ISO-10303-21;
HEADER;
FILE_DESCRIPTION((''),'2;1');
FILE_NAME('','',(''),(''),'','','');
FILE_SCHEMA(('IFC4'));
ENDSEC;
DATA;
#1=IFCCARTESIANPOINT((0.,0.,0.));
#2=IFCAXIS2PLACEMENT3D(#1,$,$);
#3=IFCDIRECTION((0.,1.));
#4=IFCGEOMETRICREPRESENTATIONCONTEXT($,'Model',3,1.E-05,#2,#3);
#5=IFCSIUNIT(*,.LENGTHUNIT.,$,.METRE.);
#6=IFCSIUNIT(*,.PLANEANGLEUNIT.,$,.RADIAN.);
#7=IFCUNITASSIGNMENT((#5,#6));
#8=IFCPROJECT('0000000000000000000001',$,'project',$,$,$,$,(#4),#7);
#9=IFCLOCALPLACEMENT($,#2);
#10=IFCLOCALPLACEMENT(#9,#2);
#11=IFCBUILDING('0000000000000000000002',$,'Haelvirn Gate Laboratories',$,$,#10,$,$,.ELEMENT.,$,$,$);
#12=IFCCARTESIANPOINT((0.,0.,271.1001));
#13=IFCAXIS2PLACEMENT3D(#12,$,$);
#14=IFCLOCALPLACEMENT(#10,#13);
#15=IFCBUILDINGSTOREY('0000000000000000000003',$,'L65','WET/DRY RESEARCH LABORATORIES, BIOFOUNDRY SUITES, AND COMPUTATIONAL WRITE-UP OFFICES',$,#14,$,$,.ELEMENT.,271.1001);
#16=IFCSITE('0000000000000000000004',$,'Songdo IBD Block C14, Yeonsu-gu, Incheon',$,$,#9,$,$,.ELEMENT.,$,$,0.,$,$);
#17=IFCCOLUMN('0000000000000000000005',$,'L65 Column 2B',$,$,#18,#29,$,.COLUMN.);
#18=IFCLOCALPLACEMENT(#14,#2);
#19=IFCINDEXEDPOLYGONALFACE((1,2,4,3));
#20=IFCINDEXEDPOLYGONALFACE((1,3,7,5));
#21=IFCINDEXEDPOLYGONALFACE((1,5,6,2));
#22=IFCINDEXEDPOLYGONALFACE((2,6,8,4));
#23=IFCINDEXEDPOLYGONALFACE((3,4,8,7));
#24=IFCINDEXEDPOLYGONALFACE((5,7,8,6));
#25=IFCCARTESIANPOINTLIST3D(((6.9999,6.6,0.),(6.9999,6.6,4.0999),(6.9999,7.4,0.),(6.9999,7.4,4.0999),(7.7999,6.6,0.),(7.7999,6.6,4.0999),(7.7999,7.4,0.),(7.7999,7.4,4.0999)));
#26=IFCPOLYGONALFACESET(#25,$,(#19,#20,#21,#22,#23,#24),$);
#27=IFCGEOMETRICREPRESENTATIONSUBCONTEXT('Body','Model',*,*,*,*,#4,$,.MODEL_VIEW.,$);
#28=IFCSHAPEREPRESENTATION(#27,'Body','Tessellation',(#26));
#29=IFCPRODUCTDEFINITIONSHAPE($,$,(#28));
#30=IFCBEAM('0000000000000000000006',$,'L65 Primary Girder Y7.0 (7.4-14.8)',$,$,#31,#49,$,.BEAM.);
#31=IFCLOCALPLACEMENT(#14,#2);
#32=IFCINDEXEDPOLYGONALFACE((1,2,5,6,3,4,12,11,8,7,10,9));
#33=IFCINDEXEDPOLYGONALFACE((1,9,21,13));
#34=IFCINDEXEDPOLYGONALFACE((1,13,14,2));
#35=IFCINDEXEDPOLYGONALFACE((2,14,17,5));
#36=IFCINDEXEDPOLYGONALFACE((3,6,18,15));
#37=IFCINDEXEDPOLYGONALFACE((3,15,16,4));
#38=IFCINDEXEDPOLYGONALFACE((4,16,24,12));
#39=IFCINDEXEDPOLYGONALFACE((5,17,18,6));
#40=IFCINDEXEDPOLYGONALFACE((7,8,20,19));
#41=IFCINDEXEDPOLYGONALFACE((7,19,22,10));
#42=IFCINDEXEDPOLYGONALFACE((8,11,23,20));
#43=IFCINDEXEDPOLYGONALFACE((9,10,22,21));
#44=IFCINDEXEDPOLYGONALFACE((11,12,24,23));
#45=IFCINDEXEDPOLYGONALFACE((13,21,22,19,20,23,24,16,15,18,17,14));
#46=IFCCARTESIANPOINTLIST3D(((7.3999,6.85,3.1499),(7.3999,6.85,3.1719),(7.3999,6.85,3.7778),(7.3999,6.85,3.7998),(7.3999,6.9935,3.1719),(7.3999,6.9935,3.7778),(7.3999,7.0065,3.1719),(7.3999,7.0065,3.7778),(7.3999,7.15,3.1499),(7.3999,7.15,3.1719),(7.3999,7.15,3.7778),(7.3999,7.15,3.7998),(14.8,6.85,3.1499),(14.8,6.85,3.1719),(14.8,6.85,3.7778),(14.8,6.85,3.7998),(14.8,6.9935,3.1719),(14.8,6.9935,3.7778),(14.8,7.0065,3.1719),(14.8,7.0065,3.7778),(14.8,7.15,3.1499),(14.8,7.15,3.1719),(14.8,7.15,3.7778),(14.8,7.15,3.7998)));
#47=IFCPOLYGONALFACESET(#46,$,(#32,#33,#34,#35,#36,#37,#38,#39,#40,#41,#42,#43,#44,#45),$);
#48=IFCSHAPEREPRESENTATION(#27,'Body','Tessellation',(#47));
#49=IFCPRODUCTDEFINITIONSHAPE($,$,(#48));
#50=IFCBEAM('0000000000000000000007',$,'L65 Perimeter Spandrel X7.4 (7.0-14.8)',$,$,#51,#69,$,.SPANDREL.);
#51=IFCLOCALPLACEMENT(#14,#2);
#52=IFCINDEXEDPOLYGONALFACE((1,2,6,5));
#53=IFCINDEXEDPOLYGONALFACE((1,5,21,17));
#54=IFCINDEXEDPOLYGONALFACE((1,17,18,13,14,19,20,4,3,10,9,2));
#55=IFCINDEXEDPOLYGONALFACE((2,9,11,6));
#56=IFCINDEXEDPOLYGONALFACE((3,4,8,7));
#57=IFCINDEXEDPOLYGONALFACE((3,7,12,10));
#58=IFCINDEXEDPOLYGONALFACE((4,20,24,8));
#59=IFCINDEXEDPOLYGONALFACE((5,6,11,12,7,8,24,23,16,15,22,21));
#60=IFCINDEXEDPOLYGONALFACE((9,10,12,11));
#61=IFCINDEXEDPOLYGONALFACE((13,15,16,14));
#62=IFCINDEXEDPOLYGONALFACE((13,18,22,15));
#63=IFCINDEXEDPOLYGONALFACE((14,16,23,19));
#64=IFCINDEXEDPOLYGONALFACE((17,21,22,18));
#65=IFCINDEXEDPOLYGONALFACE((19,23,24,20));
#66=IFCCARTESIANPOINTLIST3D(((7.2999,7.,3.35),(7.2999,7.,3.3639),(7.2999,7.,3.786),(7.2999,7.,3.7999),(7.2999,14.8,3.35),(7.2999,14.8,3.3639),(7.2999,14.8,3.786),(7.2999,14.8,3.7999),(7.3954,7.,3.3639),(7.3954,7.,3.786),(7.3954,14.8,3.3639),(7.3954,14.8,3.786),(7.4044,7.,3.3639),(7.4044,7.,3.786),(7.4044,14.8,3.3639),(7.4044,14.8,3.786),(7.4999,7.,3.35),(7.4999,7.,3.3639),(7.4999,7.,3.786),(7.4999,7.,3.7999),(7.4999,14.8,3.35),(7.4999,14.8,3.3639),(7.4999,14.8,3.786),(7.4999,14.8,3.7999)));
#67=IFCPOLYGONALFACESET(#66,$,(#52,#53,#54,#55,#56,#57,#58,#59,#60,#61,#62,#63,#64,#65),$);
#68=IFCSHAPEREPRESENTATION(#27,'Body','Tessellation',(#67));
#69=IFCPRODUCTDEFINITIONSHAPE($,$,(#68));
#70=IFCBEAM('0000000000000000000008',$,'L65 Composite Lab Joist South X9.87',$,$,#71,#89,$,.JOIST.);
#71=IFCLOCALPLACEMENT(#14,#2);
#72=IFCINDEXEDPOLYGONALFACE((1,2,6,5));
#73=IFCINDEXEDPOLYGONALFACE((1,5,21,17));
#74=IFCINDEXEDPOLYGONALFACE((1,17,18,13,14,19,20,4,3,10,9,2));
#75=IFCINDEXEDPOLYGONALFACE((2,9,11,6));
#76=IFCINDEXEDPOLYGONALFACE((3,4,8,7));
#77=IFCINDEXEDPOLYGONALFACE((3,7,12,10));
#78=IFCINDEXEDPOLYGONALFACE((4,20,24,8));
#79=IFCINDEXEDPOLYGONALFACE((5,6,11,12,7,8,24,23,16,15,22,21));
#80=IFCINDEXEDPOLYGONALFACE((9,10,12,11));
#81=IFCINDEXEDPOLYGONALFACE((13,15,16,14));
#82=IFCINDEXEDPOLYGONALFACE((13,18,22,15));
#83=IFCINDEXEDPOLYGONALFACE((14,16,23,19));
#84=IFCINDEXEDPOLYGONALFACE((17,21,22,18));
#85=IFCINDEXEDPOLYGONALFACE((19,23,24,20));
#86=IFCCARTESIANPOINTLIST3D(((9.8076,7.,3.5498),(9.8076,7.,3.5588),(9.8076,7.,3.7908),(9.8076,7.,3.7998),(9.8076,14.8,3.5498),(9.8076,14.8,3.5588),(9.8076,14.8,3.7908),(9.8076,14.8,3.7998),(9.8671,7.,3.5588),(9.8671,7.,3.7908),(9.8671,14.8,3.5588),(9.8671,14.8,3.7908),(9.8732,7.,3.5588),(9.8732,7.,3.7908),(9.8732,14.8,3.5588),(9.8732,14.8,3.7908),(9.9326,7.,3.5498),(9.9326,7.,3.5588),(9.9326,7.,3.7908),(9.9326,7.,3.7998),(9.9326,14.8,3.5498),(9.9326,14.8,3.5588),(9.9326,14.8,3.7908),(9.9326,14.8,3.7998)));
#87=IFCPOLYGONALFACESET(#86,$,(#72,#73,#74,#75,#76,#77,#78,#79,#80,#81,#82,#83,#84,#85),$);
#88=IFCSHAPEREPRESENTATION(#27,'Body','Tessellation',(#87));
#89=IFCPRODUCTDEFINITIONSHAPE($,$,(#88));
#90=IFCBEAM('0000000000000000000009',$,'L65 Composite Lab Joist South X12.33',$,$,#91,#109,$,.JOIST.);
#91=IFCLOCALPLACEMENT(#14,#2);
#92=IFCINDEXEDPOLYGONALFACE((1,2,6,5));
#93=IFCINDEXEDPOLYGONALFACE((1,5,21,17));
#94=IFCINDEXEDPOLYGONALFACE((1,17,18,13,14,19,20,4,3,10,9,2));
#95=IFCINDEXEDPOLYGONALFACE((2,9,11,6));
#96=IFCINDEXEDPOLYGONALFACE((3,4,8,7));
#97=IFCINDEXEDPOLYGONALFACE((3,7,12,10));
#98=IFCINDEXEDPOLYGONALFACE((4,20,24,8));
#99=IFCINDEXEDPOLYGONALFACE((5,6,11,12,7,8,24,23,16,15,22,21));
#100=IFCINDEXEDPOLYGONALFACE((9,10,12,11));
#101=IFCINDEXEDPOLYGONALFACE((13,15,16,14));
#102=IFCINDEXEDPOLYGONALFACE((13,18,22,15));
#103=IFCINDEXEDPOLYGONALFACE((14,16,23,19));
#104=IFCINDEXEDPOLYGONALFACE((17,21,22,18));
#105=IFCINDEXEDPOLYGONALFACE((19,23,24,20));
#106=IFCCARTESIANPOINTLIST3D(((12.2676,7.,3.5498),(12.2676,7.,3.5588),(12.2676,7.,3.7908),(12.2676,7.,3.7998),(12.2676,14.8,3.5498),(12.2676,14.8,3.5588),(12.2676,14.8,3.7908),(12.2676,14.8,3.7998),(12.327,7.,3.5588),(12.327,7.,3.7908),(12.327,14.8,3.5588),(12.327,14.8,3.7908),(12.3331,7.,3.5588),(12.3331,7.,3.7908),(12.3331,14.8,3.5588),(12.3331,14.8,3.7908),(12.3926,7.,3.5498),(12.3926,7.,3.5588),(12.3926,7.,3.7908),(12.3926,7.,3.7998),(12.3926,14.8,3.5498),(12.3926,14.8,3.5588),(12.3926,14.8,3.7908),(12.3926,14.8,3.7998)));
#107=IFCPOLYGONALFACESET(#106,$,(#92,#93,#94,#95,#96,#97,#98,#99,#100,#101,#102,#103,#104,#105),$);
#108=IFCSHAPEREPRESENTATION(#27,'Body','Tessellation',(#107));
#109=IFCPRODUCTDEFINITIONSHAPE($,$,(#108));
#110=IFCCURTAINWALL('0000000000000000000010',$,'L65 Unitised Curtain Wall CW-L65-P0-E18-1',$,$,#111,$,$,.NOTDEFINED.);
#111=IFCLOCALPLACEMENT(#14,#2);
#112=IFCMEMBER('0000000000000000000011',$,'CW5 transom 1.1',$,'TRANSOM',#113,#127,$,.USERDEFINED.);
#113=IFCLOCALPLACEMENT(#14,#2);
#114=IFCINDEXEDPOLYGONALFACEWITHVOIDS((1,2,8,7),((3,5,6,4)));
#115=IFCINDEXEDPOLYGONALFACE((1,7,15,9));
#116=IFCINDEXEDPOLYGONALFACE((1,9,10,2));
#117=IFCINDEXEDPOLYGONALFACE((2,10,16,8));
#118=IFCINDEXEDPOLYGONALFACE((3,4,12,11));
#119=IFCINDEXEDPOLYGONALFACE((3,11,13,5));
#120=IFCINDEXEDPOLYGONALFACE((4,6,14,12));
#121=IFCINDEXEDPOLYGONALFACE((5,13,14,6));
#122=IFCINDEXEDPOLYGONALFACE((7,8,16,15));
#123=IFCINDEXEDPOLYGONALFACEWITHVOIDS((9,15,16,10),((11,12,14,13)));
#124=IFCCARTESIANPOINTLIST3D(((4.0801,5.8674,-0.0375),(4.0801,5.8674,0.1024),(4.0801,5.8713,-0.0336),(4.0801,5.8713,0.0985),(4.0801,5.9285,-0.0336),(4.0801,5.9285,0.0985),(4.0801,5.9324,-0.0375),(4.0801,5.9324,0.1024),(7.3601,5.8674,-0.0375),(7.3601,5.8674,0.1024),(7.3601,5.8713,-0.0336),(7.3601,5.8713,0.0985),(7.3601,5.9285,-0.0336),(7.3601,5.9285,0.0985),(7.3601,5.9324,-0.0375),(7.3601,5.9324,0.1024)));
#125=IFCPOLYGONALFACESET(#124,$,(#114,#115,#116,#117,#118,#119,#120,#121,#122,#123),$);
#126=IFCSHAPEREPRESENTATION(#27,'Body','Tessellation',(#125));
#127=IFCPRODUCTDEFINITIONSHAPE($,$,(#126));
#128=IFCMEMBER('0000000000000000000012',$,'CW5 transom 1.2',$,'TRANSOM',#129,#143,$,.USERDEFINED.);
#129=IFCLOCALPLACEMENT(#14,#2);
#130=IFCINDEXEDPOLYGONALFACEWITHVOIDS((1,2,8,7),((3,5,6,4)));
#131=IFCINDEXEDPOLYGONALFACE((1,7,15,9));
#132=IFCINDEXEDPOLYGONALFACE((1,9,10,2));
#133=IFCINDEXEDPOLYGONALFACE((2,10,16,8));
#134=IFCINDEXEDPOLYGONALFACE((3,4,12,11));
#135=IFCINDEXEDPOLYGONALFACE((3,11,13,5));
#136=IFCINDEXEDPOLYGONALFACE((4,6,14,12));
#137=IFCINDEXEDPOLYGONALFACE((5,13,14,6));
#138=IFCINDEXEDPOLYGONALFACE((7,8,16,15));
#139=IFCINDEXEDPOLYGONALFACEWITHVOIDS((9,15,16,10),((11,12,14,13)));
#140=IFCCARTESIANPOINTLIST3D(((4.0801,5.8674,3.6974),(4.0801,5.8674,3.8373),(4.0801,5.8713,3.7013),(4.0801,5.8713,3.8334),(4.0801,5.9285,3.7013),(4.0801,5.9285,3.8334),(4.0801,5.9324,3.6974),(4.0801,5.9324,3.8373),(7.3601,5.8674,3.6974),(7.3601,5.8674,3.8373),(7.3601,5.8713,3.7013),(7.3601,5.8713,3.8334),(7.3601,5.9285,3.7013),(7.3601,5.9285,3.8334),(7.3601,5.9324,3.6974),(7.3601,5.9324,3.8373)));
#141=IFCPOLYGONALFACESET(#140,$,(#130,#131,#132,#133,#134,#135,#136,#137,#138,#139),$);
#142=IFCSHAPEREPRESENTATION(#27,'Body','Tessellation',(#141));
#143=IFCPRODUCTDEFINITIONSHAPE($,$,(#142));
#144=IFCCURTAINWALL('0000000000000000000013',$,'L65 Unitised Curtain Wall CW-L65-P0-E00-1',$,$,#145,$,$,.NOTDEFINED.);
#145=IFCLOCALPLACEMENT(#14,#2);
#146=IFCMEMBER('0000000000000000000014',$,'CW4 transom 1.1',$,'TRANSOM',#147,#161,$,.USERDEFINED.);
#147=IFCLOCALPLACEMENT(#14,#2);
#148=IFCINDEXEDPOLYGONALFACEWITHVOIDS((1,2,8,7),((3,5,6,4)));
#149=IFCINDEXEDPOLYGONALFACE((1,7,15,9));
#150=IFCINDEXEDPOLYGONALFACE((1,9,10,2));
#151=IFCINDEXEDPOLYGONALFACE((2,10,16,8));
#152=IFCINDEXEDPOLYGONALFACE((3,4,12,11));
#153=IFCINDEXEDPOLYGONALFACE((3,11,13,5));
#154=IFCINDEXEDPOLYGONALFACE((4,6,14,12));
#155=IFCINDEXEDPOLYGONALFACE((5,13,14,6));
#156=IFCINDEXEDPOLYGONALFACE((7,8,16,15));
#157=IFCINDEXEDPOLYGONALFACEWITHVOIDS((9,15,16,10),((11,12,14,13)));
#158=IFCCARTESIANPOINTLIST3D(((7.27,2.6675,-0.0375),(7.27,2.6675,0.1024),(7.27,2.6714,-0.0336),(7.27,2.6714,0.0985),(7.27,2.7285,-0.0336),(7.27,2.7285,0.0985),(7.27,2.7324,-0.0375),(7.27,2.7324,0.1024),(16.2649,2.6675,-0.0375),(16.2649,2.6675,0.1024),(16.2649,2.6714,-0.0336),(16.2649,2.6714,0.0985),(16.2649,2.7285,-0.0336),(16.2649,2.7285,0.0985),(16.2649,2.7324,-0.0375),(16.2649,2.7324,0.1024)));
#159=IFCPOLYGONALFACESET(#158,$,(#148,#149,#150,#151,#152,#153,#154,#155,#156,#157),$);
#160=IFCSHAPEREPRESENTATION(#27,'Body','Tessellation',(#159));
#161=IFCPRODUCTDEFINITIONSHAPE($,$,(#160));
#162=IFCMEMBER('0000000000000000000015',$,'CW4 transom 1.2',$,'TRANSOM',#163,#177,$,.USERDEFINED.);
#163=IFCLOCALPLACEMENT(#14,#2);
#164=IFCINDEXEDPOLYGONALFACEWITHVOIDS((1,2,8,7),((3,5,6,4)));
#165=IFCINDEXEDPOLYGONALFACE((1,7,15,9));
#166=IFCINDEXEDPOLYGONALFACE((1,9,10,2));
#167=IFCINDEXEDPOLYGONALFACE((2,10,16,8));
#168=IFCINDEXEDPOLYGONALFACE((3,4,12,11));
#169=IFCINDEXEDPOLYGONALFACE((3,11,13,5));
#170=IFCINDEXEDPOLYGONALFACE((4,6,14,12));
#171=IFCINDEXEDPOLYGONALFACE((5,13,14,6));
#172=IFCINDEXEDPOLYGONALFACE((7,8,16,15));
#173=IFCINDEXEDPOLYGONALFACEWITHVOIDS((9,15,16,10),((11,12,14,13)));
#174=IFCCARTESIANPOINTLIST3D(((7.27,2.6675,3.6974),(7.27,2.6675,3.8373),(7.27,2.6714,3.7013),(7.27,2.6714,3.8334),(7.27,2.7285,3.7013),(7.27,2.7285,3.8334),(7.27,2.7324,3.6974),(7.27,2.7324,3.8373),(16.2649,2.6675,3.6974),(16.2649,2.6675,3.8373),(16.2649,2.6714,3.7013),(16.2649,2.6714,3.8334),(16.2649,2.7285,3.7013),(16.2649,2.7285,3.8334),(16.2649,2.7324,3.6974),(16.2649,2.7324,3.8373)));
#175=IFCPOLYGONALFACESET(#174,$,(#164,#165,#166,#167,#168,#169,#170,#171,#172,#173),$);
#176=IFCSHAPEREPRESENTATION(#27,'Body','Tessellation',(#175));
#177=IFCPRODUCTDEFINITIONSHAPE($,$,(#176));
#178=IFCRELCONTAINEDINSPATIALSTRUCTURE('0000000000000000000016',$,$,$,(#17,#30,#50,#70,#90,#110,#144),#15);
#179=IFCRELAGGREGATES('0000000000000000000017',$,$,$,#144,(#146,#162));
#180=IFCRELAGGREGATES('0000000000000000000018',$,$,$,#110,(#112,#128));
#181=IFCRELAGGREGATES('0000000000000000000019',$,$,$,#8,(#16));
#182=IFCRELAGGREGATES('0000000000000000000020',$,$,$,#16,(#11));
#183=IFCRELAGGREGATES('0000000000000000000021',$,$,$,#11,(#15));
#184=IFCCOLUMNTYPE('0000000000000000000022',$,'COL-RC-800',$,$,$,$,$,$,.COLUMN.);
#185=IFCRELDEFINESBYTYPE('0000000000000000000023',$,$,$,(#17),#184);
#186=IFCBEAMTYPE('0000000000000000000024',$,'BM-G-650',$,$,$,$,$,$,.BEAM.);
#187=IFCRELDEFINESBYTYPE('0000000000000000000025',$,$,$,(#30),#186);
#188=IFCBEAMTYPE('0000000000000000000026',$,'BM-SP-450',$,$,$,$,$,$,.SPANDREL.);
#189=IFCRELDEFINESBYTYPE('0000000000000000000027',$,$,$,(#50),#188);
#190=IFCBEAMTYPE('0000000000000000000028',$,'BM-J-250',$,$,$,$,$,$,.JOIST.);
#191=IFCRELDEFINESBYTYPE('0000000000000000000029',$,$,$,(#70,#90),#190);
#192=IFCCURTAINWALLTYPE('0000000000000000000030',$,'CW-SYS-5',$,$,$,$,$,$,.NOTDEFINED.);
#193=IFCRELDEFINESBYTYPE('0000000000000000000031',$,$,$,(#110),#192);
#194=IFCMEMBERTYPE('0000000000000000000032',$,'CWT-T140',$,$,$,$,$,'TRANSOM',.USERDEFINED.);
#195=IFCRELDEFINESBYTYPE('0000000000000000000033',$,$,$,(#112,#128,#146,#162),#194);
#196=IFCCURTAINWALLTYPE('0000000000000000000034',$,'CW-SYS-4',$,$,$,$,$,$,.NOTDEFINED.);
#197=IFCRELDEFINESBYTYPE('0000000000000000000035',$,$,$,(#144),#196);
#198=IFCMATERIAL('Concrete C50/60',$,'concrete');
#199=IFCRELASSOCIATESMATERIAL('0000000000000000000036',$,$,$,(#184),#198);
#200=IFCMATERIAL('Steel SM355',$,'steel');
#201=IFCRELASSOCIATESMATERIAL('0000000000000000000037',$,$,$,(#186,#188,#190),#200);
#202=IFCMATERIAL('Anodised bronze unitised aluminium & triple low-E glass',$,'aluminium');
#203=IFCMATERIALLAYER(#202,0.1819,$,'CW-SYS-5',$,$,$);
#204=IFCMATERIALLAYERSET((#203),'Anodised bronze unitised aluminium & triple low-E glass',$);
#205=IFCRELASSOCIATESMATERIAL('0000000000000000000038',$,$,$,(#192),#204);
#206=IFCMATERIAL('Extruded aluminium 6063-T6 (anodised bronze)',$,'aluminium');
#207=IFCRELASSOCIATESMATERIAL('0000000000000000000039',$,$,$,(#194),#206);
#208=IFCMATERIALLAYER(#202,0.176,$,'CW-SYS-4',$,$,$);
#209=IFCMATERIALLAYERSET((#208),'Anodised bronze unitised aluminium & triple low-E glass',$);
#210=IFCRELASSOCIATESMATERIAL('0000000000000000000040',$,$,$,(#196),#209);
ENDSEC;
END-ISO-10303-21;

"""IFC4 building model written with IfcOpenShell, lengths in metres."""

from ifc_helpers import new_model, si_unit, direction, frame, origin, origin_2d, place, context, subcontext, project, spatial, rectangle, hollow_rectangle, i_section, extrude, source, transform, mapped, material, layer, layer_set, material_profile, profile_set, type_object, type_shapes, element, aggregate, save


model = new_model("IFC4")

# Units and contexts
model_context = context("Model", 3, precision=1e-05, world=origin(), true_north=direction((0.0, 1.0)))
body_context = subcontext(model_context, "Body", "Model", "MODEL_VIEW")
ifc_project = project(units=[si_unit("LENGTHUNIT", "METRE"), si_unit("PLANEANGLEUNIT", "RADIAN")], contexts=[model_context])

# Site, building, storey
site_placement = place(None, origin())
site = spatial("IfcSite", under=ifc_project, at=site_placement, Name="Songdo IBD Block C14, Yeonsu-gu, Incheon", CompositionType="ELEMENT", RefElevation=0.0)
building_placement = place(site_placement, origin())
building = spatial("IfcBuilding", under=site, at=building_placement, Name="Haelvirn Gate Laboratories", CompositionType="ELEMENT")
storey_placement = place(building_placement, frame((0.0, 0.0, 271.1001)))
storey = spatial("IfcBuildingStorey", under=building, at=storey_placement, Name="L65", Description="WET/DRY RESEARCH LABORATORIES, BIOFOUNDRY SUITES, AND COMPUTATIONAL WRITE-UP OFFICES", CompositionType="ELEMENT", Elevation=271.1001)

# Column
ifc_material_1 = material(Name="Concrete C50/60", Category="concrete")
ifc_material_profile_1 = material_profile(ifc_material_1, rectangle(XDim=0.8, YDim=0.8, at=origin_2d()), Name="RC-800x800")
ifc_profile_set_1 = profile_set([ifc_material_profile_1], Name="Concrete C50/60")
column_type = type_object("IfcColumnType", Name="COL-RC-800", PredefinedType="COLUMN", material=ifc_profile_set_1)
shared_shape_1 = source(origin(), body_context, "Body", "SweptSolid", [
    extrude(rectangle(XDim=0.8, YDim=0.8, at=origin_2d()), origin(), (0.0, 0.0, 1.0), 4.0999),
])
type_shapes(column_type, [shared_shape_1])
column_placement = place(storey_placement, frame((7.3999, 7.0, 0.0), z_axis=(0.0, 0.0, 1.0), x_axis=(1.0, 0.0, 0.0)))
element("IfcColumn", 1, at=column_placement, inside=storey, type_object=column_type, Name="L65 Column 2B", PredefinedType="COLUMN", context=body_context, shape_type="MappedRepresentation", body=[
    mapped(shared_shape_1, transform((0.0, 0.0, 0.0), scale=1.0)),
])

# Beams
ifc_material_2 = material(Name="Steel SM355", Category="steel")
ifc_material_profile_2 = material_profile(ifc_material_2, i_section(OverallWidth=0.3, OverallDepth=0.6499, WebThickness=0.0129, FlangeThickness=0.022, at=origin_2d()), Name="H-650x300x13x22")
ifc_profile_set_2 = profile_set([ifc_material_profile_2], Name="Steel SM355")
beam_type_1 = type_object("IfcBeamType", Name="BM-G-650", PredefinedType="BEAM", material=ifc_profile_set_2)
shared_shape_2 = source(origin(), body_context, "Body", "SweptSolid", [
    extrude(i_section(OverallWidth=0.3, OverallDepth=0.6499, WebThickness=0.0129, FlangeThickness=0.022, at=origin_2d()), origin(), (0.0, 0.0, 1.0), 7.4001),
])
type_shapes(beam_type_1, [shared_shape_2])
beam_1_placement = place(storey_placement, frame((7.3999, 7.0, 3.4749), z_axis=(1.0, 0.0, 0.0), x_axis=(0.0, 1.0, 0.0)))
element("IfcBeam", 2, at=beam_1_placement, inside=storey, type_object=beam_type_1, Name="L65 Primary Girder Y7.0 (7.4-14.8)", PredefinedType="BEAM", context=body_context, shape_type="MappedRepresentation", body=[
    mapped(shared_shape_2, transform((0.0, 0.0, 0.0), scale=1.0)),
])
ifc_material_profile_3 = material_profile(ifc_material_2, i_section(OverallWidth=0.2, OverallDepth=0.45, WebThickness=0.009, FlangeThickness=0.0139, at=origin_2d()), Name="H-450x200x9x14")
ifc_profile_set_3 = profile_set([ifc_material_profile_3], Name="Steel SM355")
beam_type_2 = type_object("IfcBeamType", Name="BM-SP-450", PredefinedType="SPANDREL", material=ifc_profile_set_3)
shared_shape_3 = source(origin(), body_context, "Body", "SweptSolid", [
    extrude(i_section(OverallWidth=0.2, OverallDepth=0.45, WebThickness=0.009, FlangeThickness=0.0139, at=origin_2d()), origin(), (0.0, 0.0, 1.0), 7.8),
])
type_shapes(beam_type_2, [shared_shape_3])
beam_2_placement = place(storey_placement, frame((7.3999, 7.0, 3.575), z_axis=(0.0, 1.0, 0.0), x_axis=(-1.0, 0.0, 0.0)))
element("IfcBeam", 3, at=beam_2_placement, inside=storey, type_object=beam_type_2, Name="L65 Perimeter Spandrel X7.4 (7.0-14.8)", PredefinedType="SPANDREL", context=body_context, shape_type="MappedRepresentation", body=[
    mapped(shared_shape_3, transform((0.0, 0.0, 0.0), scale=1.0)),
])
ifc_material_profile_4 = material_profile(ifc_material_2, i_section(OverallWidth=0.125, OverallDepth=0.25, WebThickness=0.0061, FlangeThickness=0.009, at=origin_2d()), Name="H-250x125x6x9")
ifc_profile_set_4 = profile_set([ifc_material_profile_4], Name="Steel SM355")
beam_type_3 = type_object("IfcBeamType", Name="BM-J-250", PredefinedType="JOIST", material=ifc_profile_set_4)
shared_shape_4 = source(origin(), body_context, "Body", "SweptSolid", [
    extrude(i_section(OverallWidth=0.125, OverallDepth=0.25, WebThickness=0.0061, FlangeThickness=0.009, at=origin_2d()), origin(), (0.0, 0.0, 1.0), 7.8),
])
type_shapes(beam_type_3, [shared_shape_4])
for number, where, z_axis, x_axis, name in (
    (4, (9.8701, 7.0, 3.6748), (0.0, 1.0, 0.0), (-1.0, 0.0, 0.0), "L65 Composite Lab Joist South X9.87"),
    (5, (12.3301, 7.0, 3.6748), (0.0, 1.0, 0.0), (-1.0, 0.0, 0.0), "L65 Composite Lab Joist South X12.33"),
):
    element("IfcBeam", number, at=place(storey_placement, frame(where, z_axis=z_axis, x_axis=x_axis)), inside=storey, type_object=beam_type_3, Name=name, PredefinedType="JOIST", context=body_context, shape_type="MappedRepresentation", body=[
        mapped(shared_shape_4, transform((0.0, 0.0, 0.0), scale=1.0)),
    ])

# Curtain walls, members
ifc_material_3 = material(Name="Anodised bronze unitised aluminium & triple low-E glass", Category="aluminium")
ifc_layer_1 = layer(ifc_material_3, 0.1819, Name="CW-SYS-5")
ifc_layer_set_1 = layer_set([ifc_layer_1], Name="Anodised bronze unitised aluminium & triple low-E glass")
curtain_wall_type_1 = type_object("IfcCurtainWallType", Name="CW-SYS-5", PredefinedType="NOTDEFINED", material=ifc_layer_set_1)
curtain_wall_1_placement = place(storey_placement, origin())
curtain_wall_1 = element("IfcCurtainWall", 6, at=curtain_wall_1_placement, inside=storey, type_object=curtain_wall_type_1, Name="L65 Unitised Curtain Wall CW-L65-P0-E18-1", PredefinedType="NOTDEFINED")
ifc_material_4 = material(Name="Extruded aluminium 6063-T6 (anodised bronze)", Category="aluminium")
ifc_material_profile_5 = material_profile(ifc_material_4, hollow_rectangle(XDim=0.0649, YDim=0.1399, WallThickness=0.0039, at=origin_2d()), Name="CWT-140x65x4")
ifc_profile_set_5 = profile_set([ifc_material_profile_5], Name="Extruded aluminium 6063-T6 (anodised bronze)")
member_type_1 = type_object("IfcMemberType", Name="CWT-T140", ElementType="TRANSOM", PredefinedType="USERDEFINED", material=ifc_profile_set_5)
shared_shape_5 = source(origin(), body_context, "Body", "SweptSolid", [
    extrude(hollow_rectangle(XDim=0.0649, YDim=0.1399, WallThickness=0.0039, at=origin_2d()), origin(), (0.0, 0.0, 1.0), 3.28),
])
member_1_placement = place(storey_placement, frame((4.0801, 5.8999, 0.0325), z_axis=(1.0, 0.0, 0.0), x_axis=(0.0, 1.0, 0.0)))
member_1 = element("IfcMember", 7, at=member_1_placement, type_object=member_type_1, Name="CW5 transom 1.1", ObjectType="TRANSOM", PredefinedType="USERDEFINED", context=body_context, shape_type="MappedRepresentation", body=[
    mapped(shared_shape_5, transform((0.0, 0.0, 0.0), scale=1.0)),
])
member_2_placement = place(storey_placement, frame((4.0801, 5.8999, 3.7673), z_axis=(1.0, 0.0, 0.0), x_axis=(0.0, 1.0, 0.0)))
member_2 = element("IfcMember", 8, at=member_2_placement, type_object=member_type_1, Name="CW5 transom 1.2", ObjectType="TRANSOM", PredefinedType="USERDEFINED", context=body_context, shape_type="MappedRepresentation", body=[
    mapped(shared_shape_5, transform((0.0, 0.0, 0.0), scale=1.0)),
])
ifc_layer_2 = layer(ifc_material_3, 0.176, Name="CW-SYS-4")
ifc_layer_set_2 = layer_set([ifc_layer_2], Name="Anodised bronze unitised aluminium & triple low-E glass")
curtain_wall_type_2 = type_object("IfcCurtainWallType", Name="CW-SYS-4", PredefinedType="NOTDEFINED", material=ifc_layer_set_2)
curtain_wall_2_placement = place(storey_placement, origin())
curtain_wall_2 = element("IfcCurtainWall", 9, at=curtain_wall_2_placement, inside=storey, type_object=curtain_wall_type_2, Name="L65 Unitised Curtain Wall CW-L65-P0-E00-1", PredefinedType="NOTDEFINED")
shared_shape_6 = source(origin(), body_context, "Body", "SweptSolid", [
    extrude(hollow_rectangle(XDim=0.0649, YDim=0.1399, WallThickness=0.0039, at=origin_2d()), origin(), (0.0, 0.0, 1.0), 8.9949),
])
type_shapes(member_type_1, [shared_shape_5, shared_shape_6])
member_3_placement = place(storey_placement, frame((7.27, 2.7, 0.0325), z_axis=(1.0, 0.0, 0.0), x_axis=(0.0, 1.0, 0.0)))
member_3 = element("IfcMember", 10, at=member_3_placement, type_object=member_type_1, Name="CW4 transom 1.1", ObjectType="TRANSOM", PredefinedType="USERDEFINED", context=body_context, shape_type="MappedRepresentation", body=[
    mapped(shared_shape_6, transform((0.0, 0.0, 0.0), scale=1.0)),
])
member_4_placement = place(storey_placement, frame((7.27, 2.7, 3.7673), z_axis=(1.0, 0.0, 0.0), x_axis=(0.0, 1.0, 0.0)))
member_4 = element("IfcMember", 11, at=member_4_placement, type_object=member_type_1, Name="CW4 transom 1.2", ObjectType="TRANSOM", PredefinedType="USERDEFINED", context=body_context, shape_type="MappedRepresentation", body=[
    mapped(shared_shape_6, transform((0.0, 0.0, 0.0), scale=1.0)),
])

aggregate(curtain_wall_2, [member_3, member_4])
aggregate(curtain_wall_1, [member_1, member_2])

save(model, "model.ifc")
